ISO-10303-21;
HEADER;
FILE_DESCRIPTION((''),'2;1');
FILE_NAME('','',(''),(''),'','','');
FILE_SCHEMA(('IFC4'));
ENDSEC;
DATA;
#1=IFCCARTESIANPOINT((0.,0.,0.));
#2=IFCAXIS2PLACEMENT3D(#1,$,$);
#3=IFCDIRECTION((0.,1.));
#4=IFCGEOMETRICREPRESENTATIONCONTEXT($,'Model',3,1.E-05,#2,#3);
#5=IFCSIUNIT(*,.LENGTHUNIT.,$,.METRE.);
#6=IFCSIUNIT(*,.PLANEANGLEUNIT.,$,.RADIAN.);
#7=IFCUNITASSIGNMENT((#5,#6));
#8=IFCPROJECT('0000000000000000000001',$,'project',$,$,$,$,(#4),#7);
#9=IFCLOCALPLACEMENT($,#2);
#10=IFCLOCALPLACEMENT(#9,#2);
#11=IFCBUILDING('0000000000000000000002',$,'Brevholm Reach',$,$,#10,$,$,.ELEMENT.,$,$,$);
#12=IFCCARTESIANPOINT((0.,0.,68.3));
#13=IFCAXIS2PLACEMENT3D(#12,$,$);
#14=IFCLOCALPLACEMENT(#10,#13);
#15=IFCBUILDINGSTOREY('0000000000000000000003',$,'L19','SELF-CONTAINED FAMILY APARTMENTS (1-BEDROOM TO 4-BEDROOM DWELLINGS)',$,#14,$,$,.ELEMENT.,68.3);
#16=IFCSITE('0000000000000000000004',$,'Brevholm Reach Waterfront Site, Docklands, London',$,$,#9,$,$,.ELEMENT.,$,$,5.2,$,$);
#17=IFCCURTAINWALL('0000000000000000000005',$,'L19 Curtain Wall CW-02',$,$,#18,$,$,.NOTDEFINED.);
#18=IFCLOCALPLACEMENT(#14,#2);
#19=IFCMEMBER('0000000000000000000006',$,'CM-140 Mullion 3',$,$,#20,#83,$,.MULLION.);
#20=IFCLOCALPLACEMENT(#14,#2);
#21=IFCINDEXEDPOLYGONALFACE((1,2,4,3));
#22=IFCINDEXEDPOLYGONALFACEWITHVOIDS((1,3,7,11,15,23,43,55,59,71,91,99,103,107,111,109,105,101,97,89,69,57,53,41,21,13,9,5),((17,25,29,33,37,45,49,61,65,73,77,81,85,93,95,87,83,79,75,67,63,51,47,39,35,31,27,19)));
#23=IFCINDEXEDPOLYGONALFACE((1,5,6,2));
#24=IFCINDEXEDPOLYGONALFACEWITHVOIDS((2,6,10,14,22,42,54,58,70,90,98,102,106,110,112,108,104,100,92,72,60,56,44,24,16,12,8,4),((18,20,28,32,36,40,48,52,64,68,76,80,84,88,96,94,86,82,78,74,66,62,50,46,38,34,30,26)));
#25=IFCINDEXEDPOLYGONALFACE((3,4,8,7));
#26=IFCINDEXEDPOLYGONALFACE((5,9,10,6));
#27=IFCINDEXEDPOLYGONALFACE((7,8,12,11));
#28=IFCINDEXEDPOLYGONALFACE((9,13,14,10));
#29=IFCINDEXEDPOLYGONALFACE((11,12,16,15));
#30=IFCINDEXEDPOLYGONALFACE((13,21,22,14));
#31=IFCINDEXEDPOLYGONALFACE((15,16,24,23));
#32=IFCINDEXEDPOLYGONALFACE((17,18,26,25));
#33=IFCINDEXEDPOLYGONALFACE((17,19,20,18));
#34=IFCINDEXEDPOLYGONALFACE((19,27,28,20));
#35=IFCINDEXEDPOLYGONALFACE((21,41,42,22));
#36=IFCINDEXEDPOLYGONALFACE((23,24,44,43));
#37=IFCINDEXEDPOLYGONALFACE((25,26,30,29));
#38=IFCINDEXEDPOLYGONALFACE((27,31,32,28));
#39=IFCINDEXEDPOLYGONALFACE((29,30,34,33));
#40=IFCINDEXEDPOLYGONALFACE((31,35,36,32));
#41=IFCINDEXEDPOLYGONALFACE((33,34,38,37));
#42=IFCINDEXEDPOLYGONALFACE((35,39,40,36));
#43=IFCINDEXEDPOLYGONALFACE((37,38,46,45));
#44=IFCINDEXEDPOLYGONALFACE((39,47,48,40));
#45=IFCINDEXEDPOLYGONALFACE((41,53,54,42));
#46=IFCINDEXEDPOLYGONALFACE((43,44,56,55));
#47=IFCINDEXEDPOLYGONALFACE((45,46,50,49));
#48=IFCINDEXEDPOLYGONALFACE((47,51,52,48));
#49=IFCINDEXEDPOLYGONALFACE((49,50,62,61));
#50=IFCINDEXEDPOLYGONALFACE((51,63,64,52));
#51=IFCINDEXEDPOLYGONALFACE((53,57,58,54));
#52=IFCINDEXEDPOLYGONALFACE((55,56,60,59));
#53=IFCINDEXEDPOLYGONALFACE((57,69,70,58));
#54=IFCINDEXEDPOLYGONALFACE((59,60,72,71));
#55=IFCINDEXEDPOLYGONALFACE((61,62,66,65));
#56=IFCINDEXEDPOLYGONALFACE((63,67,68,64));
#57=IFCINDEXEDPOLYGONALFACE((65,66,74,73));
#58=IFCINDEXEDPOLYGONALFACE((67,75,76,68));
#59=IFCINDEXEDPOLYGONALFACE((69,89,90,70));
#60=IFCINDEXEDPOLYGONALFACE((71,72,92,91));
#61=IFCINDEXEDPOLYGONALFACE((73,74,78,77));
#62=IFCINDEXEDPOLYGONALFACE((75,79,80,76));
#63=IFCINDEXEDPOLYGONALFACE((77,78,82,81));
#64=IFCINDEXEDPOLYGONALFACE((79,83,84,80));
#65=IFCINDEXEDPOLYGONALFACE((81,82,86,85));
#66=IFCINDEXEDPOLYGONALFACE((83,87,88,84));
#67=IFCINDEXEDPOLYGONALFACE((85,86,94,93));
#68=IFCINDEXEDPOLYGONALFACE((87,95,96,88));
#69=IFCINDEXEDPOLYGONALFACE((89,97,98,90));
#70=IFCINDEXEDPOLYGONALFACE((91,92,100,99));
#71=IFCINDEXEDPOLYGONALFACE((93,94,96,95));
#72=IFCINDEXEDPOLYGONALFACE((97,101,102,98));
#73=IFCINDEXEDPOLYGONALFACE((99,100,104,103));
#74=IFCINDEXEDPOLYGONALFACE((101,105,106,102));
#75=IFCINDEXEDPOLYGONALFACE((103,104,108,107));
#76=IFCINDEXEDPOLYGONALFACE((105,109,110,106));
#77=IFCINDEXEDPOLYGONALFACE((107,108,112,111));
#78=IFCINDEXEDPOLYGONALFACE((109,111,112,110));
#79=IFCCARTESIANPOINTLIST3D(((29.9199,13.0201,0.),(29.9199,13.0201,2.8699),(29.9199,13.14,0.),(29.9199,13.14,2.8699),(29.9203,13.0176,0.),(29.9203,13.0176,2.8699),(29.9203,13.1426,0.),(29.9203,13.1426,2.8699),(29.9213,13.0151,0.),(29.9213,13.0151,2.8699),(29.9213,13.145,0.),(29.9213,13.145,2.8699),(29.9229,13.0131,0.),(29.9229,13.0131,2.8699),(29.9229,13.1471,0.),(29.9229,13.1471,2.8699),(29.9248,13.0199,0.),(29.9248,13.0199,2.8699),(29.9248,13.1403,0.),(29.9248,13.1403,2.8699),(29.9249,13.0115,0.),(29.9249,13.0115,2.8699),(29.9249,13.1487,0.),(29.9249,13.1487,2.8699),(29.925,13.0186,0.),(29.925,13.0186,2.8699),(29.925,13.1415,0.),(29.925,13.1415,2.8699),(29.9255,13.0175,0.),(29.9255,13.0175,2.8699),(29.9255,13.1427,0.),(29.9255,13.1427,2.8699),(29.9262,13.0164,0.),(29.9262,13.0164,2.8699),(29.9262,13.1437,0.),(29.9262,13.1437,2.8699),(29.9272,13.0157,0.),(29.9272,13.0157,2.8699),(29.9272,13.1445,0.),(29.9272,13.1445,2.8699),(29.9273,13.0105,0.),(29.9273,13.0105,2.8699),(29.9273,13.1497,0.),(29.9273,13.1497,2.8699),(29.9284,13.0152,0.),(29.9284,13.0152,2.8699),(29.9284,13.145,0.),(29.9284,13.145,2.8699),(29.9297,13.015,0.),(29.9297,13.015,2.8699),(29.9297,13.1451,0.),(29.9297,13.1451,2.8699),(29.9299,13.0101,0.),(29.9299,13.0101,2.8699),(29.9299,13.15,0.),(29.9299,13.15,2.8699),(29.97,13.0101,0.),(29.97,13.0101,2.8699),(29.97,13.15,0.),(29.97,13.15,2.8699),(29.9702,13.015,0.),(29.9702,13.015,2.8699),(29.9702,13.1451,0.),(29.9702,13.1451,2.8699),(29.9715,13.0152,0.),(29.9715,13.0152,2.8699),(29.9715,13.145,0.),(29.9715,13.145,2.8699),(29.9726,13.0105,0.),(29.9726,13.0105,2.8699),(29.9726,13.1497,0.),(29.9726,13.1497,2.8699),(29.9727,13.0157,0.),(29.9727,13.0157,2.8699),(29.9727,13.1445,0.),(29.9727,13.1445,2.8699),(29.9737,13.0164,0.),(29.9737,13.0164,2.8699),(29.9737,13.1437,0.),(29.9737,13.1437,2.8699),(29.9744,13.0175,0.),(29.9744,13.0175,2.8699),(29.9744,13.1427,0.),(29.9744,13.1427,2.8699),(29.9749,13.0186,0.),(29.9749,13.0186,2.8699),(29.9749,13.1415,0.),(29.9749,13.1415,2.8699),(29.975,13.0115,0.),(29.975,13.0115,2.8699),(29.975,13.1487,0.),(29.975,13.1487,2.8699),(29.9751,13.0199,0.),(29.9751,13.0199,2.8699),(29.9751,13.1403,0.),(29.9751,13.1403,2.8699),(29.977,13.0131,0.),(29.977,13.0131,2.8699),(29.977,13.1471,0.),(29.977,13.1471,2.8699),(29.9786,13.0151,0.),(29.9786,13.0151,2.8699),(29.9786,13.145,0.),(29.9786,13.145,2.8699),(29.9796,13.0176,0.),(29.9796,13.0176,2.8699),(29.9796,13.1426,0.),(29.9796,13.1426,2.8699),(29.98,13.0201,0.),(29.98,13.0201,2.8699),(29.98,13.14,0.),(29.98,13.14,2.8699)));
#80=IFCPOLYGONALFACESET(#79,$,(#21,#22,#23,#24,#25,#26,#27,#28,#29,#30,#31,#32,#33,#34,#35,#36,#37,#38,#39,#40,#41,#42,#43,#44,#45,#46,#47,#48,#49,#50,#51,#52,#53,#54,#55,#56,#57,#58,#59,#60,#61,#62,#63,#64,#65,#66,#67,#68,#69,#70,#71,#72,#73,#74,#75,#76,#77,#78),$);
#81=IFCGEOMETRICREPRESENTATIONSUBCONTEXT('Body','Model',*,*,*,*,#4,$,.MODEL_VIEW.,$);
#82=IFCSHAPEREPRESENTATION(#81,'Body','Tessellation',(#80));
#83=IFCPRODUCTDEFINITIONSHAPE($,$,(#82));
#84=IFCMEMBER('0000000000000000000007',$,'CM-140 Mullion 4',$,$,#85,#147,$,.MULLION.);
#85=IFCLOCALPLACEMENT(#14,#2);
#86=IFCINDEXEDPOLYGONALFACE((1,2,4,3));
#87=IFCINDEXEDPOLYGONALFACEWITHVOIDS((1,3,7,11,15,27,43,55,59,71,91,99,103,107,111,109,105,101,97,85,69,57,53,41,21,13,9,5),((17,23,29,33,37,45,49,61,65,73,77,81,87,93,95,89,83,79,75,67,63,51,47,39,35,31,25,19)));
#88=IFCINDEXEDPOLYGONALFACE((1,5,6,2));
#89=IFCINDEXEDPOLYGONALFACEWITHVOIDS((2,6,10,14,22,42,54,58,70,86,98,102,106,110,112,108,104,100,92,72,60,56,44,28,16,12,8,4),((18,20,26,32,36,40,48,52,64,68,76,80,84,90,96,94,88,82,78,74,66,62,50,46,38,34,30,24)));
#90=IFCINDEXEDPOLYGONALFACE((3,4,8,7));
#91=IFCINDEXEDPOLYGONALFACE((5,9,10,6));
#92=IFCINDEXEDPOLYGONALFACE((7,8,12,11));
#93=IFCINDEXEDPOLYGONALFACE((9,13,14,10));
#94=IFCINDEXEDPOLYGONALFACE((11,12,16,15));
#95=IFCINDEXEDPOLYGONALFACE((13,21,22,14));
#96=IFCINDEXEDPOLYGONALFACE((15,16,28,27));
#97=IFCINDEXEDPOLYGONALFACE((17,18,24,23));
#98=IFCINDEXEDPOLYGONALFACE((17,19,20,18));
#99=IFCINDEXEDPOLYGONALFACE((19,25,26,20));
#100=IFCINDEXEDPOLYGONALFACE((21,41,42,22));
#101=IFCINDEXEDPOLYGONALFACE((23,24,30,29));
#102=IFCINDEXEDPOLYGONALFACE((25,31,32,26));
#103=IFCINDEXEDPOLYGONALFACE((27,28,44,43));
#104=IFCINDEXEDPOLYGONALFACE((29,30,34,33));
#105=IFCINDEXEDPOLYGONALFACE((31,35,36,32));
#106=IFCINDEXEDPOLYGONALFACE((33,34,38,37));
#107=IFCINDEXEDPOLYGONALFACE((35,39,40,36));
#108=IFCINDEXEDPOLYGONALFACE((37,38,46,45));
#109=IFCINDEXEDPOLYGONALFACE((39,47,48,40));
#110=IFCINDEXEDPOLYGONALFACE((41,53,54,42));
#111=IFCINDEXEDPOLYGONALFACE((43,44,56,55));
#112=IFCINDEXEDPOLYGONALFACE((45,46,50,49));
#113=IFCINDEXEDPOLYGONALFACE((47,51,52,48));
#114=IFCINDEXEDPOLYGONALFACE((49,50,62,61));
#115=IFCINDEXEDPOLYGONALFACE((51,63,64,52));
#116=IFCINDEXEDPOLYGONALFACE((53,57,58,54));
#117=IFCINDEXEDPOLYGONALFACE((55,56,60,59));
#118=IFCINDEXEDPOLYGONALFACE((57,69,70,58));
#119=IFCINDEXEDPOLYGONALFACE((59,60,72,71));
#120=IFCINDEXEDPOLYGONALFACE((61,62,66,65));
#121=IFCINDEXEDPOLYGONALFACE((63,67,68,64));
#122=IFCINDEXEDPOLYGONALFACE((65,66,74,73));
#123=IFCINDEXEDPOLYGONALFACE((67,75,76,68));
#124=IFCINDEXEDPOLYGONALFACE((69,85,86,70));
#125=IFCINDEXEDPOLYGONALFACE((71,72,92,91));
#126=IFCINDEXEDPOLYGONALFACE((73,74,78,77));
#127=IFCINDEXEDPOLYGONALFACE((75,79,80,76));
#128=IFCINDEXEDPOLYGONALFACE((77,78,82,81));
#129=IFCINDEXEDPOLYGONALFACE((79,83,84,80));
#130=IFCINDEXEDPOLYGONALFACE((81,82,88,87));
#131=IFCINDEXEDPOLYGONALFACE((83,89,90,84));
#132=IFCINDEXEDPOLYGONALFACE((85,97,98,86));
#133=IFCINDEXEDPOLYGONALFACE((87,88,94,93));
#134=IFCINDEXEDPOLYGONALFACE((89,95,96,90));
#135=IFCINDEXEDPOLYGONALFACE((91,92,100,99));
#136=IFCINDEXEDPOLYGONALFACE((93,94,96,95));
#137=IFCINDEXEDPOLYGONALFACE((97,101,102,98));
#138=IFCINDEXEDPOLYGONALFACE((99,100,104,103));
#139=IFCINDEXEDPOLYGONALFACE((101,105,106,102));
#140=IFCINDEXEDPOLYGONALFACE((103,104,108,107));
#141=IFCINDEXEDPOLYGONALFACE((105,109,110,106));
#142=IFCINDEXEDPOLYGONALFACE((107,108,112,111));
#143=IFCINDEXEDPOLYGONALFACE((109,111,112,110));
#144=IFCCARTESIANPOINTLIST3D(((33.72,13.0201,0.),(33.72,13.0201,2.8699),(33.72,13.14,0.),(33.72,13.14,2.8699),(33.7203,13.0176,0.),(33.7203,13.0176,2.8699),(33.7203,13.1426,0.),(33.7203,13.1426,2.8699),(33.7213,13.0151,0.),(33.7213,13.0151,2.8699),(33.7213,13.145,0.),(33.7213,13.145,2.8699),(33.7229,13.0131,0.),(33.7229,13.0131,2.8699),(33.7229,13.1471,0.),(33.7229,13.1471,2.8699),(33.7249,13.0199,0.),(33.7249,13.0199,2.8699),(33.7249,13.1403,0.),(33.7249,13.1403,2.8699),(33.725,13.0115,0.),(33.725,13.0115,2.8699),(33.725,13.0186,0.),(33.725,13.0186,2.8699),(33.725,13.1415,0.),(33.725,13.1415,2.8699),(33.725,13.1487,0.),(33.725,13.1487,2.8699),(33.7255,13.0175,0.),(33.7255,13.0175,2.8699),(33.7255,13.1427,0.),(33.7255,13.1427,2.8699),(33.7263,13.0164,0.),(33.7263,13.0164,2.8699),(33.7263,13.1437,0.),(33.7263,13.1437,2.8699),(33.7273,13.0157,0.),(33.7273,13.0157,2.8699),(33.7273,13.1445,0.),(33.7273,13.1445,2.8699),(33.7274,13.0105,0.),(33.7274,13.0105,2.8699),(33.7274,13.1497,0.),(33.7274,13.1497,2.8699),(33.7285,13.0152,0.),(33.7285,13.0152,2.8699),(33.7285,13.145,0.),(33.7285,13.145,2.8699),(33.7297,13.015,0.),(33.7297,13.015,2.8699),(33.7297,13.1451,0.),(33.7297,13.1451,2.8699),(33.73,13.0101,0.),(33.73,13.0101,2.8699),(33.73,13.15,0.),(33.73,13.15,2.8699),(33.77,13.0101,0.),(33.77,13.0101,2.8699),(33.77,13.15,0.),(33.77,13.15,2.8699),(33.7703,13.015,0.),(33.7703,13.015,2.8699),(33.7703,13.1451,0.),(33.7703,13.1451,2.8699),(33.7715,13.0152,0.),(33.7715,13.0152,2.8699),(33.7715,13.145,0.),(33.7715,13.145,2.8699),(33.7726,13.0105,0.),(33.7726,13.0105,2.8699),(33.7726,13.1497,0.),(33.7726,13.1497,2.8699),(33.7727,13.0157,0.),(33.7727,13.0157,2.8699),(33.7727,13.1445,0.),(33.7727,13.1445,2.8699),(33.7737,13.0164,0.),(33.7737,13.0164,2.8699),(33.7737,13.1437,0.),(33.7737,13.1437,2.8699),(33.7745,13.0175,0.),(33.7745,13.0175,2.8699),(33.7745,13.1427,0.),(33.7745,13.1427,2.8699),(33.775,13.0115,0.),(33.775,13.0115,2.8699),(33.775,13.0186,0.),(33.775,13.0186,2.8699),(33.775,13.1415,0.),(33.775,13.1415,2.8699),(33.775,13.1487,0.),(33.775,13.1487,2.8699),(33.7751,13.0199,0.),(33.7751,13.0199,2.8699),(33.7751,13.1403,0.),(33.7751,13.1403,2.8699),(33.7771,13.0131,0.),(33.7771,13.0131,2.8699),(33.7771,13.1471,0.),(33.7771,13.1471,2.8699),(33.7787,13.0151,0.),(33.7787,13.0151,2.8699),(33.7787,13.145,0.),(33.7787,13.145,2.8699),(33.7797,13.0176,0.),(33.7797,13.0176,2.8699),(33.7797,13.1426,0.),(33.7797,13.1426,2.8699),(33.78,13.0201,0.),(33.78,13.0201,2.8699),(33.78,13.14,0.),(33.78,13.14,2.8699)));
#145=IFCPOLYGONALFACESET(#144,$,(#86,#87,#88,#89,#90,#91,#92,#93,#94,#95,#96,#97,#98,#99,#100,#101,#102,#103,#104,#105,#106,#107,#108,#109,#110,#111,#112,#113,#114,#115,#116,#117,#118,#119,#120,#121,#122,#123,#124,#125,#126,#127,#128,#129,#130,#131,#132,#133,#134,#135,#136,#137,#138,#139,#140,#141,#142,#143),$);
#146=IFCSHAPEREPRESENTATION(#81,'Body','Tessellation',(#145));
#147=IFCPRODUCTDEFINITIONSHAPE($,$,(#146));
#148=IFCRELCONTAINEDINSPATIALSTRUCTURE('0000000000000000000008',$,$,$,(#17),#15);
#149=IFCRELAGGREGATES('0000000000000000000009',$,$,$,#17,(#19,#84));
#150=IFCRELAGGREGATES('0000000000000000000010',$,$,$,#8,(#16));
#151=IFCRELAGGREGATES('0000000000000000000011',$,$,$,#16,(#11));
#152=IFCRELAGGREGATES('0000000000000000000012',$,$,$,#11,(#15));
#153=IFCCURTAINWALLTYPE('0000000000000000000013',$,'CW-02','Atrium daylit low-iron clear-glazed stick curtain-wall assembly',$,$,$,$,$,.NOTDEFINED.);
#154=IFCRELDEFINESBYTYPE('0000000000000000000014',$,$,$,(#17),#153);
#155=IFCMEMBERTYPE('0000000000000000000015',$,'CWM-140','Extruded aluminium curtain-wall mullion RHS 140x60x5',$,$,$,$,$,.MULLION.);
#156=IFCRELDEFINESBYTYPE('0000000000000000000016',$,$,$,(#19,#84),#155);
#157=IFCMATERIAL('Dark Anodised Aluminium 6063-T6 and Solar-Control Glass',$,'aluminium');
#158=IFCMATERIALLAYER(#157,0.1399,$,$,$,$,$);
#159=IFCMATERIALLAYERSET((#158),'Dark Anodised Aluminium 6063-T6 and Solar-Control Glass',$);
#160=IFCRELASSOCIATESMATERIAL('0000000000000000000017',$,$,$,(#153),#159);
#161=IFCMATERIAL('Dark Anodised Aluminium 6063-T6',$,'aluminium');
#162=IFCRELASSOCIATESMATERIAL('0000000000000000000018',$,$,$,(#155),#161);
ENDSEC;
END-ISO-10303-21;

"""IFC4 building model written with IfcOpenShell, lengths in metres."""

from ifc_helpers import new_model, si_unit, direction, frame, origin, origin_2d, place, context, subcontext, project, spatial, hollow_rectangle, extrude, material, layer, layer_set, material_profile, profile_set, type_object, element, aggregate, save


model = new_model("IFC4")

# Units and contexts
model_context = context("Model", 3, precision=1e-05, world=origin(), true_north=direction((0.0, 1.0)))
body_context = subcontext(model_context, "Body", "Model", "MODEL_VIEW")
ifc_project = project(units=[si_unit("LENGTHUNIT", "METRE"), si_unit("PLANEANGLEUNIT", "RADIAN")], contexts=[model_context])

# Site, building, storey
site_placement = place(None, origin())
site = spatial("IfcSite", under=ifc_project, at=site_placement, Name="Brevholm Reach Waterfront Site, Docklands, London", CompositionType="ELEMENT", RefElevation=5.2)
building_placement = place(site_placement, origin())
building = spatial("IfcBuilding", under=site, at=building_placement, Name="Brevholm Reach", CompositionType="ELEMENT")
storey_placement = place(building_placement, frame((0.0, 0.0, 68.3)))
storey = spatial("IfcBuildingStorey", under=building, at=storey_placement, Name="L19", Description="SELF-CONTAINED FAMILY APARTMENTS (1-BEDROOM TO 4-BEDROOM DWELLINGS)", CompositionType="ELEMENT", Elevation=68.3)

# Curtain wall, members
ifc_material_1 = material(Name="Dark Anodised Aluminium 6063-T6 and Solar-Control Glass", Category="aluminium")
ifc_layer_1 = layer(ifc_material_1, 0.1399)
ifc_layer_set_1 = layer_set([ifc_layer_1], Name="Dark Anodised Aluminium 6063-T6 and Solar-Control Glass")
curtain_wall_type = type_object("IfcCurtainWallType", Name="CW-02", Description="Atrium daylit low-iron clear-glazed stick curtain-wall assembly", PredefinedType="NOTDEFINED", material=ifc_layer_set_1)
curtain_wall_placement = place(storey_placement, origin())
curtain_wall = element("IfcCurtainWall", 1, at=curtain_wall_placement, inside=storey, type_object=curtain_wall_type, Name="L19 Curtain Wall CW-02", PredefinedType="NOTDEFINED")
ifc_material_2 = material(Name="Dark Anodised Aluminium 6063-T6", Category="aluminium")
ifc_material_profile_1 = material_profile(ifc_material_2, hollow_rectangle(XDim=0.0601, YDim=0.1399, WallThickness=0.0049, InnerFilletRadius=0.0049, OuterFilletRadius=0.01, at=origin_2d()), Name="RHS 140x60x5")
ifc_profile_set_1 = profile_set([ifc_material_profile_1], Name="Dark Anodised Aluminium 6063-T6")
member_type_1 = type_object("IfcMemberType", Name="CWM-140", Description="Extruded aluminium curtain-wall mullion RHS 140x60x5", PredefinedType="MULLION", material=ifc_profile_set_1)
member_1_placement = place(storey_placement, frame((29.95, 13.0801, 0.0), z_axis=(0.0, 0.0, 1.0), x_axis=(1.0, 0.0, 0.0)))
member_1 = element("IfcMember", 2, at=member_1_placement, type_object=member_type_1, Name="CM-140 Mullion 3", PredefinedType="MULLION", context=body_context, shape_type="SweptSolid", body=[
    extrude(hollow_rectangle(XDim=0.0601, YDim=0.1399, WallThickness=0.0049, InnerFilletRadius=0.0049, OuterFilletRadius=0.01, at=origin_2d()), origin(), (0.0, 0.0, 1.0), 2.8699),
])
member_2_placement = place(storey_placement, frame((33.75, 13.0801, 0.0), z_axis=(0.0, 0.0, 1.0), x_axis=(1.0, 0.0, 0.0)))
member_2 = element("IfcMember", 3, at=member_2_placement, type_object=member_type_1, Name="CM-140 Mullion 4", PredefinedType="MULLION", context=body_context, shape_type="SweptSolid", body=[
    extrude(hollow_rectangle(XDim=0.0601, YDim=0.1399, WallThickness=0.0049, InnerFilletRadius=0.0049, OuterFilletRadius=0.01, at=origin_2d()), origin(), (0.0, 0.0, 1.0), 2.8699),
])
aggregate(curtain_wall, [member_1, member_2])

save(model, "model.ifc")
